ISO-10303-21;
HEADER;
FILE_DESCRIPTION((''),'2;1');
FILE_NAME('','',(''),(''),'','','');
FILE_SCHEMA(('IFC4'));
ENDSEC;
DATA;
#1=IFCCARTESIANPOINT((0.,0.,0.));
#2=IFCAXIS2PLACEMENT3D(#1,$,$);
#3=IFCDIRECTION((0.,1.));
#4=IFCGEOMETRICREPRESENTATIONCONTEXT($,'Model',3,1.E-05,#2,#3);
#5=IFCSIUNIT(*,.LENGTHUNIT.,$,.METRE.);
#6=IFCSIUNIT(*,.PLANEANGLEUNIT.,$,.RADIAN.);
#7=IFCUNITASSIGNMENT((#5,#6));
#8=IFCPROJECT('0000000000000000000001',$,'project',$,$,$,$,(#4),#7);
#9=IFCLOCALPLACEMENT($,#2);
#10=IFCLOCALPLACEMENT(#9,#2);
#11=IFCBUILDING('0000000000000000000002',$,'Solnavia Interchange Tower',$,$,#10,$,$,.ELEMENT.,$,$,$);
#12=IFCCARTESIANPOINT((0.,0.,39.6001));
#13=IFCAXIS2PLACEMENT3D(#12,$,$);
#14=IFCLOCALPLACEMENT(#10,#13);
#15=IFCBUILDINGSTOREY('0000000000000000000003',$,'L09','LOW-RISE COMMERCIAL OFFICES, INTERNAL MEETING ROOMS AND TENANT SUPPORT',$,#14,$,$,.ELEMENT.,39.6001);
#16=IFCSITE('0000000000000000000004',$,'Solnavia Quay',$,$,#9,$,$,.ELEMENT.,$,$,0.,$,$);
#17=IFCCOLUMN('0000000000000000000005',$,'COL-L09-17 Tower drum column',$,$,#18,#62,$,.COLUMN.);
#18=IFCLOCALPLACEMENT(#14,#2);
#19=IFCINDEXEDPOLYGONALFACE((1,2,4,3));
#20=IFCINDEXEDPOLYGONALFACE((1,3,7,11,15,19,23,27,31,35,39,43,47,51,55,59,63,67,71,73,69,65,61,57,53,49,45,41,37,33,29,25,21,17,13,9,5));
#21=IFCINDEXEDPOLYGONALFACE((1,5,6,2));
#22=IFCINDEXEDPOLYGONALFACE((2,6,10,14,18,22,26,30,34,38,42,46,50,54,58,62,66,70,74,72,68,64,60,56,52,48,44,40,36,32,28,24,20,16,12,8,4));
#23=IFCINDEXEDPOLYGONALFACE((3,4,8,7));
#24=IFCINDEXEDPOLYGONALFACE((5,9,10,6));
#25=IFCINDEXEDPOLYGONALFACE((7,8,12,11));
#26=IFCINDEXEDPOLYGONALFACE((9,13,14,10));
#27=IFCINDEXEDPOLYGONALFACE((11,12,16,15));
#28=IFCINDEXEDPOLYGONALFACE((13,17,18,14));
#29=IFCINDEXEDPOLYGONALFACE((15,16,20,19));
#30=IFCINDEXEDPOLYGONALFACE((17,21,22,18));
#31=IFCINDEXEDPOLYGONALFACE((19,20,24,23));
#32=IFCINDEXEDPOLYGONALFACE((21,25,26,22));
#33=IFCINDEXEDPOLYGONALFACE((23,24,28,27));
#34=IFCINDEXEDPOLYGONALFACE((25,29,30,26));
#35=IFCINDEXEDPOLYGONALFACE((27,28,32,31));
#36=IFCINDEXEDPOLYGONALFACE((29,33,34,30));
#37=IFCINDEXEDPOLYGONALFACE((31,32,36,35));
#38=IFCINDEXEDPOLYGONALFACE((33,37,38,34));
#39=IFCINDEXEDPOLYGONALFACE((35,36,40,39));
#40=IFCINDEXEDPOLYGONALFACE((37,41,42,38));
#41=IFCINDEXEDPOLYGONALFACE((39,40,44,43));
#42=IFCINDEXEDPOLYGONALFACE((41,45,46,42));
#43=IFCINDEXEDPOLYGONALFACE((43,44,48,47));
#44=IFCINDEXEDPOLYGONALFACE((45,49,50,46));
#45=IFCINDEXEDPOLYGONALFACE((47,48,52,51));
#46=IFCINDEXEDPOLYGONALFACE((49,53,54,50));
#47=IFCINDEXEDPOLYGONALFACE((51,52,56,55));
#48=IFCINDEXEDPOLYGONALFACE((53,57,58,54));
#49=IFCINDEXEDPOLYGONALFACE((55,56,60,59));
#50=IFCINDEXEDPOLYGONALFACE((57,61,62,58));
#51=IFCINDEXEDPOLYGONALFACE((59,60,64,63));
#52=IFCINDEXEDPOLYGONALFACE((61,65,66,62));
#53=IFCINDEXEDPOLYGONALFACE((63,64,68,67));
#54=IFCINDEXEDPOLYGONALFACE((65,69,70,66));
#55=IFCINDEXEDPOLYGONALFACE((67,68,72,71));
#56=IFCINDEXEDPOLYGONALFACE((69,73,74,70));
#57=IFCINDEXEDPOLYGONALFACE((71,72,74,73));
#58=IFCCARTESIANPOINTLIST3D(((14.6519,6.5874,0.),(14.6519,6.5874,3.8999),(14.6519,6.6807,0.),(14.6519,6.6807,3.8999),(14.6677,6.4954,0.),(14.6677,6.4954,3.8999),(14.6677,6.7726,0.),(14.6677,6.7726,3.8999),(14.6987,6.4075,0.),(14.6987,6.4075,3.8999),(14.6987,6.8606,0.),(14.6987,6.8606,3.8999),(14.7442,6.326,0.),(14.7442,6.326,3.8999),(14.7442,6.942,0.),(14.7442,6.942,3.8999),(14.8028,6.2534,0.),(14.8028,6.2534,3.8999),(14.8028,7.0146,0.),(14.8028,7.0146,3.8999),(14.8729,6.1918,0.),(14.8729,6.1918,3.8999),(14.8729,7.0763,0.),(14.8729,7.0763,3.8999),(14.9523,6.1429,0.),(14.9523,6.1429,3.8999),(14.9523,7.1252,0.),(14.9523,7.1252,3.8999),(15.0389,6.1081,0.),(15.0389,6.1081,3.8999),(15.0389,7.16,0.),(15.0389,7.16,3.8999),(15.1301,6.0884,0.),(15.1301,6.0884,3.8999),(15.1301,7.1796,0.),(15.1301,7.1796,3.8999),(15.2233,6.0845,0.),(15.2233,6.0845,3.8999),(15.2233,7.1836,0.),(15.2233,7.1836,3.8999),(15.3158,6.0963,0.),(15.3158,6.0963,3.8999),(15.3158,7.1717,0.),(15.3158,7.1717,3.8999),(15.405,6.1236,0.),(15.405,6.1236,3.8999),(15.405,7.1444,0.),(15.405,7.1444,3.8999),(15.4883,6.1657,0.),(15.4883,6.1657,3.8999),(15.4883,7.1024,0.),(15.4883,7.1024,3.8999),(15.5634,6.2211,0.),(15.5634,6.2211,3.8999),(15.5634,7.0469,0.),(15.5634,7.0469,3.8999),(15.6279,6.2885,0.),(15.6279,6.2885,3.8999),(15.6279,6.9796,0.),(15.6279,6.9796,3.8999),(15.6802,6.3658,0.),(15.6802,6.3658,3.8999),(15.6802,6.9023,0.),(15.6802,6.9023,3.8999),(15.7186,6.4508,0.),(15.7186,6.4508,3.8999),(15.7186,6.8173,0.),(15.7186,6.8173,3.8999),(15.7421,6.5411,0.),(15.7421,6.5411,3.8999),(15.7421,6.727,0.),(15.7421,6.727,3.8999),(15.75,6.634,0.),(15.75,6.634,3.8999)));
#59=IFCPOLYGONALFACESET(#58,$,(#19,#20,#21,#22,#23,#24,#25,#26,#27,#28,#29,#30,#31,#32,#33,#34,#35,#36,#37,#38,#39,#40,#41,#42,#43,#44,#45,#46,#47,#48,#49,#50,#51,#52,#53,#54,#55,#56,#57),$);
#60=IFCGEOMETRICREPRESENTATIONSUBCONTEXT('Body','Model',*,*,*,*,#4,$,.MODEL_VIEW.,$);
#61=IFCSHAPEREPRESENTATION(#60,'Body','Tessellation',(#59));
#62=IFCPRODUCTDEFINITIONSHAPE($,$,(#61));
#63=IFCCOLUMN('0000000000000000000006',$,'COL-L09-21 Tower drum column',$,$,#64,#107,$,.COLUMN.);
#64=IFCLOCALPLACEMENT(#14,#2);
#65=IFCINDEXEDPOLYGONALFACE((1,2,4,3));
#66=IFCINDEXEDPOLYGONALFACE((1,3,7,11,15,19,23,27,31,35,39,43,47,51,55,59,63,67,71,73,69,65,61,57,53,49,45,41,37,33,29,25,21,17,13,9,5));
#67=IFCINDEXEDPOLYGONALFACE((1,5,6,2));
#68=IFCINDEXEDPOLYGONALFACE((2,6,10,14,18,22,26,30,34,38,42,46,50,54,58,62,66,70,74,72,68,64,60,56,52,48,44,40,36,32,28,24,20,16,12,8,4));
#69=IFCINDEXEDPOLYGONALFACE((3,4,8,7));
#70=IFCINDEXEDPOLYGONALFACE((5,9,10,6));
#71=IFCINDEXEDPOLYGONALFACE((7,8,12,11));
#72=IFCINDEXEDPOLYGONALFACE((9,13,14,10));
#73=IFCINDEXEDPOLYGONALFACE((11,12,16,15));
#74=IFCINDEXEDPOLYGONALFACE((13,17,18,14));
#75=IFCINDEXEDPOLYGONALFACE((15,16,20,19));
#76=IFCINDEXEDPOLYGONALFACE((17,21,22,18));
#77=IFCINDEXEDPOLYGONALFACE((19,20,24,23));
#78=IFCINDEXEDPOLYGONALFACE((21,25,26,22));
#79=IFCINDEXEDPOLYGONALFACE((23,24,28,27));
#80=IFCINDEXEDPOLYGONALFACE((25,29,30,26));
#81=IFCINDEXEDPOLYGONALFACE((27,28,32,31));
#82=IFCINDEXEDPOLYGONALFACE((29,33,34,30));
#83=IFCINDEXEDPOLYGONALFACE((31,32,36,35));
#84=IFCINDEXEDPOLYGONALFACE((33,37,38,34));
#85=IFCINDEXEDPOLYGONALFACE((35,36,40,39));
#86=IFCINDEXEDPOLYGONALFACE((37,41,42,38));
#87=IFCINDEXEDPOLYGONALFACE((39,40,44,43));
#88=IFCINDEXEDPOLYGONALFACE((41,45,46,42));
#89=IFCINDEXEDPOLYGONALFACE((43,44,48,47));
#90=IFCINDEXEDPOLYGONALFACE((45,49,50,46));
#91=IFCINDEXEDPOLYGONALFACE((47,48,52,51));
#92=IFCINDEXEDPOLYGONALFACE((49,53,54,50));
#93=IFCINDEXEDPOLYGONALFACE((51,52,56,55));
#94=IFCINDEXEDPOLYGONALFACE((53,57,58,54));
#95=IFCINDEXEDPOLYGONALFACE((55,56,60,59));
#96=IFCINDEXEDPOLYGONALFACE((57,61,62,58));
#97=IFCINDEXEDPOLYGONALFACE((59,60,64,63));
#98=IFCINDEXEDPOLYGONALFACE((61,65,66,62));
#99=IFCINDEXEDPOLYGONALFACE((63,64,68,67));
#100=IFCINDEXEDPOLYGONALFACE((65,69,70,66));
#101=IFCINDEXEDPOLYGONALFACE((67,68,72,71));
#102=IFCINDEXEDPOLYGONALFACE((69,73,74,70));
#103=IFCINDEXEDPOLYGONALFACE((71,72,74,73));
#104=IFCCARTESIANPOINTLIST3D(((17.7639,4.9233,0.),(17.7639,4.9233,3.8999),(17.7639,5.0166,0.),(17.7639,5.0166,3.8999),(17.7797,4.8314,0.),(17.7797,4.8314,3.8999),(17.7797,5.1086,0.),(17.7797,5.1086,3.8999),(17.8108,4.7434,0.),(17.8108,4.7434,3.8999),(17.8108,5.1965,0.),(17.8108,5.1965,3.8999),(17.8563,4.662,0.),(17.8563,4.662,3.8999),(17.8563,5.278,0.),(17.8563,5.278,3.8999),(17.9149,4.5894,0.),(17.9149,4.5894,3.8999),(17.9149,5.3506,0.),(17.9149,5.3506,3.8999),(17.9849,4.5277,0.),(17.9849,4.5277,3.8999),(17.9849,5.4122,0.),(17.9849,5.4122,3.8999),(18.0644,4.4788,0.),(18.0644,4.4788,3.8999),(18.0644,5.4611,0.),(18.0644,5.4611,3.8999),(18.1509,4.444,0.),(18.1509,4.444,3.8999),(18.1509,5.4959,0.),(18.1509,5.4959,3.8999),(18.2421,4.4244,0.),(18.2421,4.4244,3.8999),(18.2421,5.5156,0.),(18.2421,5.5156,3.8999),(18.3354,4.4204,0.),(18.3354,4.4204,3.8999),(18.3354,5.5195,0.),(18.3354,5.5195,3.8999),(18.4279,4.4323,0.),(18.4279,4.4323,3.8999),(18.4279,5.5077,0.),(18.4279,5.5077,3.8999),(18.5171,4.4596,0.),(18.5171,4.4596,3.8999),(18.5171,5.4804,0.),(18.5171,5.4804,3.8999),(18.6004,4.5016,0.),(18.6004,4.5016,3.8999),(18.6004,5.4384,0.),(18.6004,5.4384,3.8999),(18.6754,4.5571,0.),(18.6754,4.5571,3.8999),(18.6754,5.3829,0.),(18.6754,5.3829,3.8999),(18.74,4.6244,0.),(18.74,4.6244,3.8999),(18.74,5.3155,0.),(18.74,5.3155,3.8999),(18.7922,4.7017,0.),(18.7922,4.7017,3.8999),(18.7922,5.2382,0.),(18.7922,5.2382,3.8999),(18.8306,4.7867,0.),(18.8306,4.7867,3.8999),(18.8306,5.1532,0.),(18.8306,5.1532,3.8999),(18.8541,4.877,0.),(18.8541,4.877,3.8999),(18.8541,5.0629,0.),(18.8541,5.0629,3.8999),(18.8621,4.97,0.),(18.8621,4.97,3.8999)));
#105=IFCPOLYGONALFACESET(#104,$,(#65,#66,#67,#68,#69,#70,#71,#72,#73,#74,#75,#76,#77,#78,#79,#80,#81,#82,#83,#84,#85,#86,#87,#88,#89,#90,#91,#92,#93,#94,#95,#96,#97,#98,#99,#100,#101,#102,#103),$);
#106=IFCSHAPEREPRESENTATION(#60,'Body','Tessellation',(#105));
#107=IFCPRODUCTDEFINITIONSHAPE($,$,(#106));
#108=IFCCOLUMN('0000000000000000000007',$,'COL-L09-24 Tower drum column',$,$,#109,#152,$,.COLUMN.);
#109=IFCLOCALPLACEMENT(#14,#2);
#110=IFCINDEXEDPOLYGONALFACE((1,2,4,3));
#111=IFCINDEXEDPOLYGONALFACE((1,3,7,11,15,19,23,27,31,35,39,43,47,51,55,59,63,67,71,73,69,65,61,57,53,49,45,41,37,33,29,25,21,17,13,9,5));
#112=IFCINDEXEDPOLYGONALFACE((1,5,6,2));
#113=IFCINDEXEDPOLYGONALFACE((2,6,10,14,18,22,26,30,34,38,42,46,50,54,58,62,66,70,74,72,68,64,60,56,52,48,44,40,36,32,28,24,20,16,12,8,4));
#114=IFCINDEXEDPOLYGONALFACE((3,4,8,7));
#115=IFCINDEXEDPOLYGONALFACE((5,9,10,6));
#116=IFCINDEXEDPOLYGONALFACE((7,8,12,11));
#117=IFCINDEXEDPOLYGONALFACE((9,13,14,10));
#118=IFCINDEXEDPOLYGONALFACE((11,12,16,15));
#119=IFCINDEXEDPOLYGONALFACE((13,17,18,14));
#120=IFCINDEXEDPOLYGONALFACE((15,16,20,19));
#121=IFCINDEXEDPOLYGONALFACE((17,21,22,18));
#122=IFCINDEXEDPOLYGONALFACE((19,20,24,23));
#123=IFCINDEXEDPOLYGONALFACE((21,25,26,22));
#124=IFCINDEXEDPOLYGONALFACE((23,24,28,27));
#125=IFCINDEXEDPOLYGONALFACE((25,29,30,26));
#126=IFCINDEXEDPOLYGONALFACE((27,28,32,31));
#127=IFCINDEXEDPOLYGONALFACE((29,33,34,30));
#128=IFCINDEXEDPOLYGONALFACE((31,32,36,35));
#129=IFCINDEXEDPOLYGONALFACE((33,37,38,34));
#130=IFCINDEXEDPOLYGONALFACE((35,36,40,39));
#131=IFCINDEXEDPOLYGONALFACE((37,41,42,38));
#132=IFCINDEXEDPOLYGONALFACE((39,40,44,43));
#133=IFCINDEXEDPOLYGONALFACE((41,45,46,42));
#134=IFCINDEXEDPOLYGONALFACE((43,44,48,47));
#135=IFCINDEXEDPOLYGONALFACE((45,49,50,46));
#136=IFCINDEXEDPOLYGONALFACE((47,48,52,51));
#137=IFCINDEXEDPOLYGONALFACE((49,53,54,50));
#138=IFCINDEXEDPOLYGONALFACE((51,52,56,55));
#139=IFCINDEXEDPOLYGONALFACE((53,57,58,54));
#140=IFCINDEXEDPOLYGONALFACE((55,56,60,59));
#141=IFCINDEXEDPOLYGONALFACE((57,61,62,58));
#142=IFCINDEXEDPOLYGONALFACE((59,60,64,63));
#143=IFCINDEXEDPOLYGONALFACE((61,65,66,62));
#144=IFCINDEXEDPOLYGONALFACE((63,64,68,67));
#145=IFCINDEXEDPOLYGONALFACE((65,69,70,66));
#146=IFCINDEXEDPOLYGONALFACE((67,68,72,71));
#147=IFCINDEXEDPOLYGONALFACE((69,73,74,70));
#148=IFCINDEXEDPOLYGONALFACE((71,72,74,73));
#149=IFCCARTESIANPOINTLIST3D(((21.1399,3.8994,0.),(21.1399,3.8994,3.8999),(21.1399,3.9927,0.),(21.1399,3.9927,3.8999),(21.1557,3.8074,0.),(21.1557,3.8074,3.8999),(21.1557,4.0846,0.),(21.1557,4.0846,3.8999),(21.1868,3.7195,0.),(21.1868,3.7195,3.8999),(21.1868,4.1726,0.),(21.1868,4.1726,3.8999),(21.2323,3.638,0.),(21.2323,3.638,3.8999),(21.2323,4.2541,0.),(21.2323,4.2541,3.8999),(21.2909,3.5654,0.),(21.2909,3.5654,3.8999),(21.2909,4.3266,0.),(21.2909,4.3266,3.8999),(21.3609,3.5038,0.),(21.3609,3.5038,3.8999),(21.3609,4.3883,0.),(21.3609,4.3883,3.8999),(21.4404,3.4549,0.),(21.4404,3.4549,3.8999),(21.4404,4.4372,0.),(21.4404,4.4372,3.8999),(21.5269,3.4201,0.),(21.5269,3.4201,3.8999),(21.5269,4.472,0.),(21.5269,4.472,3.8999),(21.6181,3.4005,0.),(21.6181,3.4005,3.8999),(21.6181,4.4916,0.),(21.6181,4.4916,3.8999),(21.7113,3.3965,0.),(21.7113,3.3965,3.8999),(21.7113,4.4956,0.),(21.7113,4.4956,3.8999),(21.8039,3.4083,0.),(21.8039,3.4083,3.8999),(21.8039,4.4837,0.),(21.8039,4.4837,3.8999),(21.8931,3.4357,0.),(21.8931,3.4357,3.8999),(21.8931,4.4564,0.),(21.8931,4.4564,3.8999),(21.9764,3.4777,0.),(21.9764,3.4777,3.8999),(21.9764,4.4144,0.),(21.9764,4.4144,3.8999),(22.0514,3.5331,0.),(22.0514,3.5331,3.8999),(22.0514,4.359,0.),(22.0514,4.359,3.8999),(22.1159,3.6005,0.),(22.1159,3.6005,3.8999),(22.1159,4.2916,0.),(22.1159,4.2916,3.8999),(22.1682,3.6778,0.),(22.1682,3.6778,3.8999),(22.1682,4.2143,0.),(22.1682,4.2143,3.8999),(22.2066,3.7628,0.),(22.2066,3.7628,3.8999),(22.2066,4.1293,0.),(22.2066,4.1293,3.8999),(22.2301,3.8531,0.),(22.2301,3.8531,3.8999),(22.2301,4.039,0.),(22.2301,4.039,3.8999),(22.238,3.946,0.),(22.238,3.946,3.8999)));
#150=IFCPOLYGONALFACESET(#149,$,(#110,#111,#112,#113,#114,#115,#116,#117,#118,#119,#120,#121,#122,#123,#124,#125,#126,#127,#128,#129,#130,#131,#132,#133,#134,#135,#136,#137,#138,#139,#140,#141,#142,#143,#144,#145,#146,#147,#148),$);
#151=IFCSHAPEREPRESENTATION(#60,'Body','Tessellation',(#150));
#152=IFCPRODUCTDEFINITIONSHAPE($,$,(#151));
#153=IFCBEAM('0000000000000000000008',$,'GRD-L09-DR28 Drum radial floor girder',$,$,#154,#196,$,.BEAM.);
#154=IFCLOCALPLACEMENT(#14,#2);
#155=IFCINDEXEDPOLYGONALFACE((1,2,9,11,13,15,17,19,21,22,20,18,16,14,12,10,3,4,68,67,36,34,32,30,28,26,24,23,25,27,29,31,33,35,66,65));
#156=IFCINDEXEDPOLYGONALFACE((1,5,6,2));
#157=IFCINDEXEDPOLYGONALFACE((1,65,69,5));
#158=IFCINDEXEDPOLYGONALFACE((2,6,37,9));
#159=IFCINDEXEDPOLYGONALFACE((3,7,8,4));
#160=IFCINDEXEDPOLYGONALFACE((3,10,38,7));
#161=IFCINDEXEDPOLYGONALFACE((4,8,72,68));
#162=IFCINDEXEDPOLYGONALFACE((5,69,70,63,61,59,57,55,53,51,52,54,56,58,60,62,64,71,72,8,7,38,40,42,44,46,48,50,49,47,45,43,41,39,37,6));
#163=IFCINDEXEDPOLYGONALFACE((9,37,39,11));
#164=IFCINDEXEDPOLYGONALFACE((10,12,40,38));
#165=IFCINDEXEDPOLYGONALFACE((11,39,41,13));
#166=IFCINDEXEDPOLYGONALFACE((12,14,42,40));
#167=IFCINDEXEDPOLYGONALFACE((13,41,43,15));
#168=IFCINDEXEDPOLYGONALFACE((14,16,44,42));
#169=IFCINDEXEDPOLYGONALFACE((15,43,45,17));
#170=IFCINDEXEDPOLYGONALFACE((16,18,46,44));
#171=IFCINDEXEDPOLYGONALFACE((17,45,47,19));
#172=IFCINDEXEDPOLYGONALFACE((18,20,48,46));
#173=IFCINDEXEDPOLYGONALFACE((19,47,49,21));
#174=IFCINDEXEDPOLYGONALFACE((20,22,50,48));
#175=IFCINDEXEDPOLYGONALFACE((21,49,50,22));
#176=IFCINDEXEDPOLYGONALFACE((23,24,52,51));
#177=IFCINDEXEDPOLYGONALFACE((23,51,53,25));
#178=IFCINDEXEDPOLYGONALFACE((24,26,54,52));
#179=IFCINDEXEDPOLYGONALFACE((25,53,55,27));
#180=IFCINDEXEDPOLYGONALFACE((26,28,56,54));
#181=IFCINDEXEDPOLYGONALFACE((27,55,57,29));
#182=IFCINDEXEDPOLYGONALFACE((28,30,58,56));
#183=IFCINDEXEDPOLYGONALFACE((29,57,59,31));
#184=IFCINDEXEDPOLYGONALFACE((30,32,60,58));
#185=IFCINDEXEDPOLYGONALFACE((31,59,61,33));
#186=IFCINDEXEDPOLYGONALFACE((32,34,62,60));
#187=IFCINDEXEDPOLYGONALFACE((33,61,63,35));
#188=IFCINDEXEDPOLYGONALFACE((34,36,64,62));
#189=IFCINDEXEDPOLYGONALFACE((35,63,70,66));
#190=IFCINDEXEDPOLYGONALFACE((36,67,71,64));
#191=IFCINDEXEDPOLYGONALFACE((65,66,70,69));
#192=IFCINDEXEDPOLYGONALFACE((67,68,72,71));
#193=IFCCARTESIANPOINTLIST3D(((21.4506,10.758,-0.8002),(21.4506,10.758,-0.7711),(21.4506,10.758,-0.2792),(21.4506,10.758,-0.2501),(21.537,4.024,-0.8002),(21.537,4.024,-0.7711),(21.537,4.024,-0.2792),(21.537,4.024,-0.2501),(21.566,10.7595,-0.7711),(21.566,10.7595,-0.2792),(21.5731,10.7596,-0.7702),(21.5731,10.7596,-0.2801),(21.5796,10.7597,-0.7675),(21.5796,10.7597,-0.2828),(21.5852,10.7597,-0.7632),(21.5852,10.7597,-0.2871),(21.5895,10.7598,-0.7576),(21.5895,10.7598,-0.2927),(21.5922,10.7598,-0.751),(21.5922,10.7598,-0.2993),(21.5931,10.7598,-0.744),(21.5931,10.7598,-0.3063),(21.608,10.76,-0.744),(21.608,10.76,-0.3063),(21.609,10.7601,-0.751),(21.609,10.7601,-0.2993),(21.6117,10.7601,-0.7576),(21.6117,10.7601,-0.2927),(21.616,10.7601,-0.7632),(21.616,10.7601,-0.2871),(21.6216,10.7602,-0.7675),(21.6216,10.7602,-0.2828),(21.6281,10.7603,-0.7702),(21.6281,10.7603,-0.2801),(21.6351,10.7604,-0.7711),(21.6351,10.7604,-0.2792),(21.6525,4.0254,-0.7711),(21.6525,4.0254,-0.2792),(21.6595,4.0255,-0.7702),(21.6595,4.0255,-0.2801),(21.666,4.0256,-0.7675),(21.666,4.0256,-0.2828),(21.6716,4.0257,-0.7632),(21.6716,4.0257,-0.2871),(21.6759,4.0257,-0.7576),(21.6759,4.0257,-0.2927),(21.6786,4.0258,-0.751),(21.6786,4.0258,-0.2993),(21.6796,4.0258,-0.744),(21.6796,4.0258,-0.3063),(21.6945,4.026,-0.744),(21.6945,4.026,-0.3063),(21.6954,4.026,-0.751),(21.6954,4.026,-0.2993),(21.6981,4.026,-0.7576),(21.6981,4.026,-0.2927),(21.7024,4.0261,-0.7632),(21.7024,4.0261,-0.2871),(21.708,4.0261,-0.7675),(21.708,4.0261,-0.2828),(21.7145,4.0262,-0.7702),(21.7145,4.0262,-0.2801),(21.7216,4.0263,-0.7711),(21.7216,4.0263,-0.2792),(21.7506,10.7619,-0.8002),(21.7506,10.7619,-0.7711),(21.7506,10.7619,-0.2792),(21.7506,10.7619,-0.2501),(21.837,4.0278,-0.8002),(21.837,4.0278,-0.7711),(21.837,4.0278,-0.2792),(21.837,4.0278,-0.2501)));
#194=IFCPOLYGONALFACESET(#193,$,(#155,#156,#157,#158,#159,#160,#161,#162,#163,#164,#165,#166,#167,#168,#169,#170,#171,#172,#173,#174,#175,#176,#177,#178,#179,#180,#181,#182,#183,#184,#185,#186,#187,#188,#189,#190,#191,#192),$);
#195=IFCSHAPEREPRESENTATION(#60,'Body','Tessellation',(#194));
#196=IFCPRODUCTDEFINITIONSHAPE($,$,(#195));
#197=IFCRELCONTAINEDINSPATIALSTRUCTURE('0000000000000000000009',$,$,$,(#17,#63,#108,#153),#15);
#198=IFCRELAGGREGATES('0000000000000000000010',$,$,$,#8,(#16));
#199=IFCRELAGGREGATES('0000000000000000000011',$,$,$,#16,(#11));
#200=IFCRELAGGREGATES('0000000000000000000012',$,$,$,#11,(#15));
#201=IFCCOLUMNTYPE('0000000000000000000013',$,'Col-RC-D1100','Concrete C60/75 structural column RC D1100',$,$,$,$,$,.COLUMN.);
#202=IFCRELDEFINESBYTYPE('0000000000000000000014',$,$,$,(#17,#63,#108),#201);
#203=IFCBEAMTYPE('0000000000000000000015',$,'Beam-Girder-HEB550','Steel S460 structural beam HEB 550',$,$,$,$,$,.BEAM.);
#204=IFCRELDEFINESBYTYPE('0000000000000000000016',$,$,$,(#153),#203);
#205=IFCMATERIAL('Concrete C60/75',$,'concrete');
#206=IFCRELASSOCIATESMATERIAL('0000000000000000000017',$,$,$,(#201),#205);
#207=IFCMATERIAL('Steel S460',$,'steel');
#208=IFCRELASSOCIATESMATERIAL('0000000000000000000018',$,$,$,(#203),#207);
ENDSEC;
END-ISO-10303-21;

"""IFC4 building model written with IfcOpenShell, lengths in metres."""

from ifc_helpers import new_model, si_unit, direction, frame, origin, origin_2d, place, context, subcontext, project, spatial, circle, i_section, extrude, material, material_profile, profile_set, type_object, element, save


model = new_model("IFC4")

# Units and contexts
model_context = context("Model", 3, precision=1e-05, world=origin(), true_north=direction((0.0, 1.0)))
body_context = subcontext(model_context, "Body", "Model", "MODEL_VIEW")
ifc_project = project(units=[si_unit("LENGTHUNIT", "METRE"), si_unit("PLANEANGLEUNIT", "RADIAN")], contexts=[model_context])

# Site, building, storey
site_placement = place(None, origin())
site = spatial("IfcSite", under=ifc_project, at=site_placement, Name="Solnavia Quay", CompositionType="ELEMENT", RefElevation=0.0)
building_placement = place(site_placement, origin())
building = spatial("IfcBuilding", under=site, at=building_placement, Name="Solnavia Interchange Tower", CompositionType="ELEMENT")
storey_placement = place(building_placement, frame((0.0, 0.0, 39.6001)))
storey = spatial("IfcBuildingStorey", under=building, at=storey_placement, Name="L09", Description="LOW-RISE COMMERCIAL OFFICES, INTERNAL MEETING ROOMS AND TENANT SUPPORT", CompositionType="ELEMENT", Elevation=39.6001)

# Columns
ifc_material_1 = material(Name="Concrete C60/75", Category="concrete")
ifc_material_profile_1 = material_profile(ifc_material_1, circle(Radius=0.55, at=origin_2d()), Name="RC D1100")
ifc_profile_set_1 = profile_set([ifc_material_profile_1], Name="Concrete C60/75")
column_type = type_object("IfcColumnType", Name="Col-RC-D1100", Description="Concrete C60/75 structural column RC D1100", PredefinedType="COLUMN", material=ifc_profile_set_1)
for number, where, z_axis, x_axis, name in (
    (1, (15.2, 6.634, 0.0), (0.0, 0.0, 1.0), (1.0, 0.0, 0.0), "COL-L09-17 Tower drum column"),
    (2, (18.312, 4.97, 0.0), (0.0, 0.0, 1.0), (1.0, 0.0, 0.0), "COL-L09-21 Tower drum column"),
    (3, (21.688, 3.946, 0.0), (0.0, 0.0, 1.0), (1.0, 0.0, 0.0), "COL-L09-24 Tower drum column"),
):
    element("IfcColumn", number, at=place(storey_placement, frame(where, z_axis=z_axis, x_axis=x_axis)), inside=storey, type_object=column_type, Name=name, PredefinedType="COLUMN", context=body_context, shape_type="SweptSolid", body=[
        extrude(circle(Radius=0.55, at=origin_2d()), origin(), (0.0, 0.0, 1.0), 3.8999),
    ])

# Beam
ifc_material_2 = material(Name="Steel S460", Category="steel")
ifc_material_profile_2 = material_profile(ifc_material_2, i_section(OverallWidth=0.3, OverallDepth=0.55, WebThickness=0.0149, FlangeThickness=0.0291, FilletRadius=0.0271, at=origin_2d()), Name="HEB 550")
ifc_profile_set_2 = profile_set([ifc_material_profile_2], Name="Steel S460")
beam_type_1 = type_object("IfcBeamType", Name="Beam-Girder-HEB550", Description="Steel S460 structural beam HEB 550", PredefinedType="BEAM", material=ifc_profile_set_2)
beam_1_placement = place(storey_placement, frame((21.687, 4.0259, -0.5251), z_axis=(-0.012833, 0.999918, 0.0), x_axis=(-0.999918, -0.012833, 0.0)))
element("IfcBeam", 4, at=beam_1_placement, inside=storey, type_object=beam_type_1, Name="GRD-L09-DR28 Drum radial floor girder", PredefinedType="BEAM", context=body_context, shape_type="SweptSolid", body=[
    extrude(i_section(OverallWidth=0.3, OverallDepth=0.55, WebThickness=0.0149, FlangeThickness=0.0291, FilletRadius=0.0271, at=origin_2d()), origin(), (0.0, 0.0, 1.0), 6.7346),
])

save(model, "model.ifc")
